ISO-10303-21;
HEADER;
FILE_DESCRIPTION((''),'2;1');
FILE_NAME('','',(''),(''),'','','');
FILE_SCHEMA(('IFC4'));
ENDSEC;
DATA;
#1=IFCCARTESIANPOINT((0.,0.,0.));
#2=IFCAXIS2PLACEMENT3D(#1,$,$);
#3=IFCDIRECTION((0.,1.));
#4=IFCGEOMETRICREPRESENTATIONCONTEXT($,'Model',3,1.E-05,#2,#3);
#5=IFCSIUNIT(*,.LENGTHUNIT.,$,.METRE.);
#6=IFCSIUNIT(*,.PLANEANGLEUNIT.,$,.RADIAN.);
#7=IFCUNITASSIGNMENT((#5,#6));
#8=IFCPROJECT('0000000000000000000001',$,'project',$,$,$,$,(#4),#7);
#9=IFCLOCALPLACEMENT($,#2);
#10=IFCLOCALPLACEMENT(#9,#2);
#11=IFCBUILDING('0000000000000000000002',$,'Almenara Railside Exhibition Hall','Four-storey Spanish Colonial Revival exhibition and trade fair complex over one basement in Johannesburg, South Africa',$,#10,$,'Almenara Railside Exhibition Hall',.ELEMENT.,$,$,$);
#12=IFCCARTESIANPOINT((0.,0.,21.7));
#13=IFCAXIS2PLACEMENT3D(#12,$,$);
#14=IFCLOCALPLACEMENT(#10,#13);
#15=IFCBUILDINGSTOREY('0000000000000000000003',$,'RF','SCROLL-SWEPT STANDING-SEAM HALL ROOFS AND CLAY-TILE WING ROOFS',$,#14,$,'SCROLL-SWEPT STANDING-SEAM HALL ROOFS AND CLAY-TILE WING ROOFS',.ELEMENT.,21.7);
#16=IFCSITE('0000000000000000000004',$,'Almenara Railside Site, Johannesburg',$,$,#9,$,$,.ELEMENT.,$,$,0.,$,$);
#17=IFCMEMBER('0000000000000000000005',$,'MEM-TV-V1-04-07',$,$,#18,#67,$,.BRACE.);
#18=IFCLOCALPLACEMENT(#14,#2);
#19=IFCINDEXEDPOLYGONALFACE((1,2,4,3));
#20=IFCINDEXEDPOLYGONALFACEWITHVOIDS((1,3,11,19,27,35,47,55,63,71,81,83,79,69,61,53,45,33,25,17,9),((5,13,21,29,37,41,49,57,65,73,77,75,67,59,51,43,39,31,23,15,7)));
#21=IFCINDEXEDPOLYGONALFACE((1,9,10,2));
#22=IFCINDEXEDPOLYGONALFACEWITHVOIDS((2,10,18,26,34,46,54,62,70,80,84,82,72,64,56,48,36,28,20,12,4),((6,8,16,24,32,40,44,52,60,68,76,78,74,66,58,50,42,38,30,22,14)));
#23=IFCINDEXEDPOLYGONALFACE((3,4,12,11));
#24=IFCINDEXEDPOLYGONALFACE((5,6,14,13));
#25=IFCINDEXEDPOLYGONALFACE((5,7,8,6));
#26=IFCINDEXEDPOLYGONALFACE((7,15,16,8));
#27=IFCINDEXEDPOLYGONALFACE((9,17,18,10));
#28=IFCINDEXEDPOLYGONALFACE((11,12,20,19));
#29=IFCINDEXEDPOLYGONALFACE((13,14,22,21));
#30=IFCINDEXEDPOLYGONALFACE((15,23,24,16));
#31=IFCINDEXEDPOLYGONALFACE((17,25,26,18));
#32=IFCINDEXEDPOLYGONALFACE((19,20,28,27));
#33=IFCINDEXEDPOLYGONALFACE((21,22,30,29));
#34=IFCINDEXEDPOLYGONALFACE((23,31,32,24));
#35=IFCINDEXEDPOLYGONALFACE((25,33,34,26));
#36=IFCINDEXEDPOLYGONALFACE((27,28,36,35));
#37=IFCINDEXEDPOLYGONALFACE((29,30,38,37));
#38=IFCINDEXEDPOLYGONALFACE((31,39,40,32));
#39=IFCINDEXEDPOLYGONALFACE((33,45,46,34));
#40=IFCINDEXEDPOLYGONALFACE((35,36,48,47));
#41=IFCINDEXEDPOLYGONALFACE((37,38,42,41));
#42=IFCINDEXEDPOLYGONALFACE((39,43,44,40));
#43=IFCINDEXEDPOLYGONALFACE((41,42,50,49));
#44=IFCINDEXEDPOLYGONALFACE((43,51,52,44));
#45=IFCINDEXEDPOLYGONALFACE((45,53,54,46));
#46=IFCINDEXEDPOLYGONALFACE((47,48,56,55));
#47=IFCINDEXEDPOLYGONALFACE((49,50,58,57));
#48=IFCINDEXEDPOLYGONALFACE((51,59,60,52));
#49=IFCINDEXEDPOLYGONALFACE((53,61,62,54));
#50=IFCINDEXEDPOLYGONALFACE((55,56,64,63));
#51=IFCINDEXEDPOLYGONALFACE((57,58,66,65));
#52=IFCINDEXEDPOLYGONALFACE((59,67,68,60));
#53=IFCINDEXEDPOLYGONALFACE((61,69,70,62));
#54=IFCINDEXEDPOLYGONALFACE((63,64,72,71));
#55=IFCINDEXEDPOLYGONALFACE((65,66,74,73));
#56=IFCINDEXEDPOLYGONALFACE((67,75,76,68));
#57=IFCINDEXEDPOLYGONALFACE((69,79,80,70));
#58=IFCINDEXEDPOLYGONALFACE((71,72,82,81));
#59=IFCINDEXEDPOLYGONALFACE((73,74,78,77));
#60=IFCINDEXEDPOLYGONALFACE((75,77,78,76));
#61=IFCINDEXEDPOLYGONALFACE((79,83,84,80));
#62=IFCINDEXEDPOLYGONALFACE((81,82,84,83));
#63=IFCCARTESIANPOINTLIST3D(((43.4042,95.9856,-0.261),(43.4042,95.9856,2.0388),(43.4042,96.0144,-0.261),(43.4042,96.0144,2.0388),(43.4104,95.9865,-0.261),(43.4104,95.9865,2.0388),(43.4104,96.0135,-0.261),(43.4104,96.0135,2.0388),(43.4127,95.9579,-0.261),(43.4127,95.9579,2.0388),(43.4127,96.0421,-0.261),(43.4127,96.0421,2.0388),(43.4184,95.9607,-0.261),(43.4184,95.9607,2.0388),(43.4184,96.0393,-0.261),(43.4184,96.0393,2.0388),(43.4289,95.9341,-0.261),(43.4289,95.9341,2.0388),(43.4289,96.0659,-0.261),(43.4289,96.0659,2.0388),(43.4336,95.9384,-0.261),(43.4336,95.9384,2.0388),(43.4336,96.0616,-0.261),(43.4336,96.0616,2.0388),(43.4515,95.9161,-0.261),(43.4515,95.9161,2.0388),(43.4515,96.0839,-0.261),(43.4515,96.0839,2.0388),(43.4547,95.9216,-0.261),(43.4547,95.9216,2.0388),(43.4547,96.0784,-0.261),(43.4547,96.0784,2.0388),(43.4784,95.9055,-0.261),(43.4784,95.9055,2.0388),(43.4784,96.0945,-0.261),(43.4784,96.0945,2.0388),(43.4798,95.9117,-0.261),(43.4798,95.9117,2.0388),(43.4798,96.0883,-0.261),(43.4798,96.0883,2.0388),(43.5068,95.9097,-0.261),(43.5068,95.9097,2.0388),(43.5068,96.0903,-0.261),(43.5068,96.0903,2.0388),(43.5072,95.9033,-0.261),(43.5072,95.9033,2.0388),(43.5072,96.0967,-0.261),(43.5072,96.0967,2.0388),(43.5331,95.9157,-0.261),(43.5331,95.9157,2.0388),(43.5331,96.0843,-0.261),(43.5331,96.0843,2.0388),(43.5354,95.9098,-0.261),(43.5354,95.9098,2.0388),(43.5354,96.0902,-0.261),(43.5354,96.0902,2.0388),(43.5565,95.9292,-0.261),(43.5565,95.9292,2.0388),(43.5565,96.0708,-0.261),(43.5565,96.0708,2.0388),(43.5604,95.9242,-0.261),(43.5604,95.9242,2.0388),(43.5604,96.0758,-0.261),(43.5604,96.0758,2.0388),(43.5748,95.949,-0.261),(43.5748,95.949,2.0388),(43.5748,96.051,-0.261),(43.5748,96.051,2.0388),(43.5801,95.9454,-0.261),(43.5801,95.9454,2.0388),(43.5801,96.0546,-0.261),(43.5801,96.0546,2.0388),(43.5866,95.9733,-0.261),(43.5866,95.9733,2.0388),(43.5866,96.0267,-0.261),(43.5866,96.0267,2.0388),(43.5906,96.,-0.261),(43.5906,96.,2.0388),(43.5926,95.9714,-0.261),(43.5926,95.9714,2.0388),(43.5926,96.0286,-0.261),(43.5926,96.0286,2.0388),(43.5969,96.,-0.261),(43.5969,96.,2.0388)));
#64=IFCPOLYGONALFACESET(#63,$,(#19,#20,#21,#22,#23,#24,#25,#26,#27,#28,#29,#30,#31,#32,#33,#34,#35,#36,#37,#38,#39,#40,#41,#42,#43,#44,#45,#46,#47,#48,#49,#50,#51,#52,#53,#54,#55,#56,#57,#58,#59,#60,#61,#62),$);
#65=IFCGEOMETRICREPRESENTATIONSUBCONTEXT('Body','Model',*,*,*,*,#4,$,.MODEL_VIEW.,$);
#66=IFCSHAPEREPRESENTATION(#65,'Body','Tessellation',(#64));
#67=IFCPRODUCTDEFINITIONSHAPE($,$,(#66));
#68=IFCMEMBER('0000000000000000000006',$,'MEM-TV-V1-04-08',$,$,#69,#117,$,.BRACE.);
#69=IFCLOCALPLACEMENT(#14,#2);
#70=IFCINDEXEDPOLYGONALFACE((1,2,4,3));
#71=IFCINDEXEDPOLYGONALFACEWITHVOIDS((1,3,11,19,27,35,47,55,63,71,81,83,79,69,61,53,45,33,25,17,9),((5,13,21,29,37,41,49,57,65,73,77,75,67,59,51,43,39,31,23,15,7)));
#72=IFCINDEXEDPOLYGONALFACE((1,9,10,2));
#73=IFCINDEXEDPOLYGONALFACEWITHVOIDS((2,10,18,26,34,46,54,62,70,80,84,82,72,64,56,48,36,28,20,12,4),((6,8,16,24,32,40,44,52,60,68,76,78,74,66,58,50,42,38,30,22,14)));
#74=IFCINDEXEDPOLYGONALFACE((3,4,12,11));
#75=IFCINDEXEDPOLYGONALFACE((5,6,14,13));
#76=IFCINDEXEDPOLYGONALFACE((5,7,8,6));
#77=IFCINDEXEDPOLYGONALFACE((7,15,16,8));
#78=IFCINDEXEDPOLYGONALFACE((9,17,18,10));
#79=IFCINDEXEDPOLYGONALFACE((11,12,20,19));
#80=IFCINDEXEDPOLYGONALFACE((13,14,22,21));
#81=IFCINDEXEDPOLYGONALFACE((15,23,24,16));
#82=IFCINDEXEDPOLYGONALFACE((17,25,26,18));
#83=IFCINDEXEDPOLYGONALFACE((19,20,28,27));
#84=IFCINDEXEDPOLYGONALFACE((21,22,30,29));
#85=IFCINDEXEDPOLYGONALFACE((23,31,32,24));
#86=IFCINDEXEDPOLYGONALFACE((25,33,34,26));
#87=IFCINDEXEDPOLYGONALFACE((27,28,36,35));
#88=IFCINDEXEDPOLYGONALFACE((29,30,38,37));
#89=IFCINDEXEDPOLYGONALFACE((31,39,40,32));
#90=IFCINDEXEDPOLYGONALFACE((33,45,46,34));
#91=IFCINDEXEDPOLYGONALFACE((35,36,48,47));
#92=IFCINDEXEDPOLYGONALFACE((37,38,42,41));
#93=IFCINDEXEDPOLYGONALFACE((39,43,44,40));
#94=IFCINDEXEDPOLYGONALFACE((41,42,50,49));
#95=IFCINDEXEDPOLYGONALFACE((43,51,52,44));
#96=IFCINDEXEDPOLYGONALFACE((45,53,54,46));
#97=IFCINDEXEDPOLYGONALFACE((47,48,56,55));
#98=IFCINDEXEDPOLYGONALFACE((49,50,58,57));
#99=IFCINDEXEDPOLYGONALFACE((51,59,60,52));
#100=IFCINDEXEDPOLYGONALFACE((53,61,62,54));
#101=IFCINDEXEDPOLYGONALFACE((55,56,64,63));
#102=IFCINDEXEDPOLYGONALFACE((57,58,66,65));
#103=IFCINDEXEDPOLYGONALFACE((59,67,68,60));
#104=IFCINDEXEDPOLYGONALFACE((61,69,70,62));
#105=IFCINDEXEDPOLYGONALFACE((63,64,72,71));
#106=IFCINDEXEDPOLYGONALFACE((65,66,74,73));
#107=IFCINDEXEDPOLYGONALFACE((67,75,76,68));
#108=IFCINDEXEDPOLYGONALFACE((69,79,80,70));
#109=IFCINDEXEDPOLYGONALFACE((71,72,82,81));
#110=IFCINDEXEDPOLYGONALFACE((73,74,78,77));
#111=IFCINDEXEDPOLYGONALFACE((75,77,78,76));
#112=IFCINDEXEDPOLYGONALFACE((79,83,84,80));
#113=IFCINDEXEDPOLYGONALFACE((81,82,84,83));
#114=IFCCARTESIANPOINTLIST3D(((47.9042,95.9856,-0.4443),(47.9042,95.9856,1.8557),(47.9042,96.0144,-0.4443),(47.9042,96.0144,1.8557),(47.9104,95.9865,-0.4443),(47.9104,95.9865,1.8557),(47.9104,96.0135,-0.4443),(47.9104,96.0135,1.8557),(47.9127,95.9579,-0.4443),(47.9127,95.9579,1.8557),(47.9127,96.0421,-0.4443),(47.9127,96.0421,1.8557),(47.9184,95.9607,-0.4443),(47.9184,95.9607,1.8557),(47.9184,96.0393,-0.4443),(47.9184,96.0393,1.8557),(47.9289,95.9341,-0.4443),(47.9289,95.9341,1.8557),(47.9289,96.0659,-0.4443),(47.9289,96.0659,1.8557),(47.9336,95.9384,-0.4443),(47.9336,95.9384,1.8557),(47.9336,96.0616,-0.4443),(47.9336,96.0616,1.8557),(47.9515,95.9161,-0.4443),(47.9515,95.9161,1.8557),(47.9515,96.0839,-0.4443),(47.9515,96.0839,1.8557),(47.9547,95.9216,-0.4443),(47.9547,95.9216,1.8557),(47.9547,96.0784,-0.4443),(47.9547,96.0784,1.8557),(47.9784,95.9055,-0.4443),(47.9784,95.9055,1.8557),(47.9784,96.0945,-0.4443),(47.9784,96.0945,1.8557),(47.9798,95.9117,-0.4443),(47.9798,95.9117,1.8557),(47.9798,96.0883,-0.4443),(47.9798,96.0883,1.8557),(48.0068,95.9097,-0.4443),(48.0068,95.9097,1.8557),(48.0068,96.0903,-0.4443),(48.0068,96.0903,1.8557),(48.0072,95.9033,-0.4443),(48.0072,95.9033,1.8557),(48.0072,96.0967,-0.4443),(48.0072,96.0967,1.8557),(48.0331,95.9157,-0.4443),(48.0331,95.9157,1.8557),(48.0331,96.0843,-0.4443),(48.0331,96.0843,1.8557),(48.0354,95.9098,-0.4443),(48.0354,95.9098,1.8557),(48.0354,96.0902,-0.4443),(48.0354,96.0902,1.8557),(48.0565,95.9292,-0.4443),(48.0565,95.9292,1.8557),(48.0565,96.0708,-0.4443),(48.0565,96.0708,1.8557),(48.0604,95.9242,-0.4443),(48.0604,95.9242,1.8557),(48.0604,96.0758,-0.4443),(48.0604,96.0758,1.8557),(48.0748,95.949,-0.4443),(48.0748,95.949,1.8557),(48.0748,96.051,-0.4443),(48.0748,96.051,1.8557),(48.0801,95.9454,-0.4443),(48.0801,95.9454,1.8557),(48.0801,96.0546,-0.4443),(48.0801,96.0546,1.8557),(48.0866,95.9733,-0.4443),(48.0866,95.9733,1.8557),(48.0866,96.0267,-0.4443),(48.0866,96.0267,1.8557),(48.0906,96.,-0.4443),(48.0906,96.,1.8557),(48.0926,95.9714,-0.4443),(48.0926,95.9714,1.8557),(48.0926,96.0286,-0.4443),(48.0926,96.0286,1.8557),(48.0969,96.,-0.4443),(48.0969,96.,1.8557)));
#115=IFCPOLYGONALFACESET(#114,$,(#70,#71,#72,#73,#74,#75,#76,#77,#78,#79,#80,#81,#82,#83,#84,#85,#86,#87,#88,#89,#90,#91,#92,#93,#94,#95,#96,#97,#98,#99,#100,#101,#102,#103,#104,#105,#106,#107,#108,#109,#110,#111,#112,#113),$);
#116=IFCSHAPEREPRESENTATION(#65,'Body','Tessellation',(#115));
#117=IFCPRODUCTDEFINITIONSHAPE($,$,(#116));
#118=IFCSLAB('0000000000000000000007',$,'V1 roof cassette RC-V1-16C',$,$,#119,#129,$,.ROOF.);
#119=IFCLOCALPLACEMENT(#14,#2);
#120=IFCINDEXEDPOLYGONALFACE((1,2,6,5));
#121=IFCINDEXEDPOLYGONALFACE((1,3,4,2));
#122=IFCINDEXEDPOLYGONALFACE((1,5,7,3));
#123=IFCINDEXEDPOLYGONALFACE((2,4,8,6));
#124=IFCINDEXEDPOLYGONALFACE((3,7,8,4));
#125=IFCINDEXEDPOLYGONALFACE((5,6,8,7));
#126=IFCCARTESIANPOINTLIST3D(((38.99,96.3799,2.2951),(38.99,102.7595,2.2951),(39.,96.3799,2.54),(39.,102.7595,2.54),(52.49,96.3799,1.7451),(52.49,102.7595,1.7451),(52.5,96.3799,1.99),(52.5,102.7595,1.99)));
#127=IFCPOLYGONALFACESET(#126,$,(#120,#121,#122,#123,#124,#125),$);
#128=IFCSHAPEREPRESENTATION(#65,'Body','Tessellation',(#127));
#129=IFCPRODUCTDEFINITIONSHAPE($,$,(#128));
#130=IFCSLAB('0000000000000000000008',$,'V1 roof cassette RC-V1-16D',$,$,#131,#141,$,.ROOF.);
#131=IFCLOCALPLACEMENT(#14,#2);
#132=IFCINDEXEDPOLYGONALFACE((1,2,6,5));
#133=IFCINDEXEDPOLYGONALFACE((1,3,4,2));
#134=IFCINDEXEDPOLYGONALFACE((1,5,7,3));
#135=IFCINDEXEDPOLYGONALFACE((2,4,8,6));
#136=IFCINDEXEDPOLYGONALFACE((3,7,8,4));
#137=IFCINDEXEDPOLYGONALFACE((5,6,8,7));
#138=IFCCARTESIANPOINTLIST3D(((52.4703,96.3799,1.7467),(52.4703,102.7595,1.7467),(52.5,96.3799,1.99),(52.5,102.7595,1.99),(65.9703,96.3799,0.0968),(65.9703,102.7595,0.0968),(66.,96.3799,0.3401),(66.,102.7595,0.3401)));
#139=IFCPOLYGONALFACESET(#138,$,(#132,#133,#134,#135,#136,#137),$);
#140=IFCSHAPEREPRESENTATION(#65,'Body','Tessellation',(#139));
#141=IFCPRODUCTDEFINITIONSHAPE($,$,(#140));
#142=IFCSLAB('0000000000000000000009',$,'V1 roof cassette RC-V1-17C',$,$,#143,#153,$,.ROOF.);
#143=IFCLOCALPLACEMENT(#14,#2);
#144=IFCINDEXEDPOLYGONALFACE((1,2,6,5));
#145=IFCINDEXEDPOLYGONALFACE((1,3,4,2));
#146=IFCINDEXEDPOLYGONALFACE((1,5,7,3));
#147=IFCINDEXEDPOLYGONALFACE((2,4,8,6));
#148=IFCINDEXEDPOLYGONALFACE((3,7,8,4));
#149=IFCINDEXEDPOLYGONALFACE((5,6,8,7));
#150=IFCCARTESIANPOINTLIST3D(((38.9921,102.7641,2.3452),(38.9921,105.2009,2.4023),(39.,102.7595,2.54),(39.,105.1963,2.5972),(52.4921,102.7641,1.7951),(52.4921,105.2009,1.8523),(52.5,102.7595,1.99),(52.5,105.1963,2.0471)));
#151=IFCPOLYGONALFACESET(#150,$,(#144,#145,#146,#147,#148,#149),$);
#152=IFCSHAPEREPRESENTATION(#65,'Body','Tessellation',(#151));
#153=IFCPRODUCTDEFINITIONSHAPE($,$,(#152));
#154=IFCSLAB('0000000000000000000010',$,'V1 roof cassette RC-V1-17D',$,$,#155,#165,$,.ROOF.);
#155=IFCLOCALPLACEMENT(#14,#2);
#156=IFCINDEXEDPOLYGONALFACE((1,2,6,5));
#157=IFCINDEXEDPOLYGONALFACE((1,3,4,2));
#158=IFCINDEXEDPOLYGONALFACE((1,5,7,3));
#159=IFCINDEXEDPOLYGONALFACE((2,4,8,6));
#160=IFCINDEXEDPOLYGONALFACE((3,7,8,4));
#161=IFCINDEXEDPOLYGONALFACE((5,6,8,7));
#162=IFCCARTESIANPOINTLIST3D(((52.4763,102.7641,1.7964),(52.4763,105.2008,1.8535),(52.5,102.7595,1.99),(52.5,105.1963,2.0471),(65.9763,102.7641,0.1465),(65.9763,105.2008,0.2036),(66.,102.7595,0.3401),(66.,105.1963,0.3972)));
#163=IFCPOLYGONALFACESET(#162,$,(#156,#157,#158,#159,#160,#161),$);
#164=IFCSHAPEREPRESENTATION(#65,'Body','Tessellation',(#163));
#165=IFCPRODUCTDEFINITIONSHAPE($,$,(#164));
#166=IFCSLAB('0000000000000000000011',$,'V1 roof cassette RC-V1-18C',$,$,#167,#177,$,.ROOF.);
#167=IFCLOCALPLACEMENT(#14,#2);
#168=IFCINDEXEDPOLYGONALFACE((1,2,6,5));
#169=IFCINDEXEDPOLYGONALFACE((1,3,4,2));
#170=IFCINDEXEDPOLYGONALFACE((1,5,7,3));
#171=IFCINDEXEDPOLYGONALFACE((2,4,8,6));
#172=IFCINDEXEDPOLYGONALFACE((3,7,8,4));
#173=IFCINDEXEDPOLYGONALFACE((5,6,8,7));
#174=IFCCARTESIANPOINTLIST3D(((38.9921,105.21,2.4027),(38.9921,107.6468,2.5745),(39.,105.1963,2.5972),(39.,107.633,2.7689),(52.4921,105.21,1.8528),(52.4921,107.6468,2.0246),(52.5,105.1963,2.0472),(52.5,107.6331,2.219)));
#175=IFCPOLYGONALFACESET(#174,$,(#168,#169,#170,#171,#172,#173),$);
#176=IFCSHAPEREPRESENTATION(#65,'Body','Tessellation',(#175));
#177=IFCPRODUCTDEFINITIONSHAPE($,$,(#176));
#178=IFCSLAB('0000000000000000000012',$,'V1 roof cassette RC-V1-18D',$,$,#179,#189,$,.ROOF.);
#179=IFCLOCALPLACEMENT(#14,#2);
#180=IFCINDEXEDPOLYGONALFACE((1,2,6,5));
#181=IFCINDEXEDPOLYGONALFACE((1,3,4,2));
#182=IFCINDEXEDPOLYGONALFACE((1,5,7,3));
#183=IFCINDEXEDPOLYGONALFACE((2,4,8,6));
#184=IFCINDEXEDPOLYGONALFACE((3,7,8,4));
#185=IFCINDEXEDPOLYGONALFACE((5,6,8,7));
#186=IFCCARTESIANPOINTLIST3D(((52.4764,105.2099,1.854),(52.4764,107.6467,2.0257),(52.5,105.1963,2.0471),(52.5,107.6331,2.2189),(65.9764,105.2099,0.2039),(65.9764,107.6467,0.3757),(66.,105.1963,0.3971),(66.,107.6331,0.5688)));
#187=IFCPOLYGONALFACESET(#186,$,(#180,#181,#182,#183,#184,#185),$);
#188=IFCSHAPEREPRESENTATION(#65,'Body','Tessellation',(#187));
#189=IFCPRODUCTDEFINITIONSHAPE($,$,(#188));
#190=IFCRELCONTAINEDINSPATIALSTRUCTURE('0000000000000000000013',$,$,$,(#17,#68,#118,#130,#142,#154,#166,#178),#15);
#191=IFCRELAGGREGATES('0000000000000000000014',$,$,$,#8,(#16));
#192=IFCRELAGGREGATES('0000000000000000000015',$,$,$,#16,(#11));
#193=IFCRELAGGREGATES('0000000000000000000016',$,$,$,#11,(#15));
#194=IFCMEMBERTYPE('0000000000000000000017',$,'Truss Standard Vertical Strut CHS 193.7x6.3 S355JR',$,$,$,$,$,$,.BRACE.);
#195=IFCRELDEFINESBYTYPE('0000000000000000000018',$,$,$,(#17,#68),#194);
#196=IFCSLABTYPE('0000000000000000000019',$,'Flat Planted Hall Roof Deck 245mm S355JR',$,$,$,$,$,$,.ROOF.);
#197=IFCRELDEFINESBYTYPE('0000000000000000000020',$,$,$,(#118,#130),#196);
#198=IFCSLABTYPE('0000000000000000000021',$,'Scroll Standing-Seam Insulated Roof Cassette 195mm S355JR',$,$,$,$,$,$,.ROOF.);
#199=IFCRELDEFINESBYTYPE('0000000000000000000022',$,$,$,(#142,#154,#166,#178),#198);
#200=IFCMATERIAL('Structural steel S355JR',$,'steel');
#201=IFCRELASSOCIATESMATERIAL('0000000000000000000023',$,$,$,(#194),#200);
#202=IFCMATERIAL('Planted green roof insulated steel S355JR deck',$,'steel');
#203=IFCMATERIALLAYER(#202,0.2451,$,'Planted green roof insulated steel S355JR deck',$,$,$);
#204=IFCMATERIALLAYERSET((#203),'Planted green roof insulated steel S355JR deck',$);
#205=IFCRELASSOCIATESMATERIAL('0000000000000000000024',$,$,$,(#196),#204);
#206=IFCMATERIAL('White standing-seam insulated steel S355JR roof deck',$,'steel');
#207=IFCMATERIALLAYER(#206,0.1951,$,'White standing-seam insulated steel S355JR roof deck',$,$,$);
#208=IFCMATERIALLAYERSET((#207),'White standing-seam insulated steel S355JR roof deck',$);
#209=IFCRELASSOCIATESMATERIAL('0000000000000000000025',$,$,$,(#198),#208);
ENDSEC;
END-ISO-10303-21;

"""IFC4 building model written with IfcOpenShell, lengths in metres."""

from ifc_helpers import new_model, si_unit, direction, frame, origin, origin_2d, place, context, subcontext, project, spatial, polyline, hollow_circle, outline, extrude, material, layer, layer_set, material_profile, profile_set, type_object, element, save


model = new_model("IFC4")

# Units and contexts
model_context = context("Model", 3, precision=1e-05, world=origin(), true_north=direction((0.0, 1.0)))
body_context = subcontext(model_context, "Body", "Model", "MODEL_VIEW")
ifc_project = project(units=[si_unit("LENGTHUNIT", "METRE"), si_unit("PLANEANGLEUNIT", "RADIAN")], contexts=[model_context])

# Site, building, storey
site_placement = place(None, origin())
site = spatial("IfcSite", under=ifc_project, at=site_placement, Name="Almenara Railside Site, Johannesburg", CompositionType="ELEMENT", RefElevation=0.0)
building_placement = place(site_placement, origin())
building = spatial("IfcBuilding", under=site, at=building_placement, Name="Almenara Railside Exhibition Hall", Description="Four-storey Spanish Colonial Revival exhibition and trade fair complex over one basement in Johannesburg, South Africa", LongName="Almenara Railside Exhibition Hall", CompositionType="ELEMENT")
storey_placement = place(building_placement, frame((0.0, 0.0, 21.7)))
storey = spatial("IfcBuildingStorey", under=building, at=storey_placement, Name="RF", Description="SCROLL-SWEPT STANDING-SEAM HALL ROOFS AND CLAY-TILE WING ROOFS", LongName="SCROLL-SWEPT STANDING-SEAM HALL ROOFS AND CLAY-TILE WING ROOFS", CompositionType="ELEMENT", Elevation=21.7)

# Members
ifc_material_1 = material(Name="Structural steel S355JR", Category="steel")
ifc_material_profile_1 = material_profile(ifc_material_1, hollow_circle(Radius=0.0969, WallThickness=0.0063, at=origin_2d()), Name="CHS 193.7x6.3")
ifc_profile_set_1 = profile_set([ifc_material_profile_1], Name="Structural steel S355JR")
member_type_1 = type_object("IfcMemberType", Name="Truss Standard Vertical Strut CHS 193.7x6.3 S355JR", PredefinedType="BRACE", material=ifc_profile_set_1)
for number, where, z_axis, x_axis, name in (
    (1, (43.5, 96.0, -0.261), (0.0, 0.0, 1.0), (1.0, 0.0, 0.0), "MEM-TV-V1-04-07"),
):
    element("IfcMember", number, at=place(storey_placement, frame(where, z_axis=z_axis, x_axis=x_axis)), inside=storey, type_object=member_type_1, Name=name, PredefinedType="BRACE", context=body_context, shape_type="SweptSolid", body=[
        extrude(hollow_circle(Radius=0.0969, WallThickness=0.0063, at=origin_2d()), origin(), (0.0, 0.0, 1.0), 2.2998),
    ])
member_1_placement = place(storey_placement, frame((48.0, 96.0, -0.4443), z_axis=(0.0, 0.0, 1.0), x_axis=(1.0, 0.0, 0.0)))
element("IfcMember", 2, at=member_1_placement, inside=storey, type_object=member_type_1, Name="MEM-TV-V1-04-08", PredefinedType="BRACE", context=body_context, shape_type="SweptSolid", body=[
    extrude(hollow_circle(Radius=0.0969, WallThickness=0.0063, at=origin_2d()), origin(), (0.0, 0.0, 1.0), 2.3),
])

# Slabs
ifc_material_2 = material(Name="Planted green roof insulated steel S355JR deck", Category="steel")
ifc_layer_1 = layer(ifc_material_2, 0.2451, Name="Planted green roof insulated steel S355JR deck")
ifc_layer_set_1 = layer_set([ifc_layer_1], Name="Planted green roof insulated steel S355JR deck")
slab_type_1 = type_object("IfcSlabType", Name="Flat Planted Hall Roof Deck 245mm S355JR", PredefinedType="ROOF", material=ifc_layer_set_1)
slab_1_placement = place(storey_placement, frame((39.0, 96.3799, 2.54), z_axis=(0.040711, 0.0, 0.999171), x_axis=(0.999171, 0.0, -0.040711)))
element("IfcSlab", 3, at=slab_1_placement, inside=storey, type_object=slab_type_1, Name="V1 roof cassette RC-V1-16C", PredefinedType="ROOF", context=body_context, shape_type="SweptSolid", body=[
    extrude(outline(polyline([(0.0, 0.0), (13.5112, 0.0), (13.5112, 6.3796), (0.0, 6.3796), (0.0, 0.0)])), origin(), (0.0, 0.0, -1.0), 0.2451),
])
slab_2_placement = place(storey_placement, frame((52.5, 96.3799, 1.99), z_axis=(0.121312, 0.0, 0.992614), x_axis=(0.992614, 0.0, -0.121312)))
element("IfcSlab", 4, at=slab_2_placement, inside=storey, type_object=slab_type_1, Name="V1 roof cassette RC-V1-16D", PredefinedType="ROOF", context=body_context, shape_type="SweptSolid", body=[
    extrude(outline(polyline([(0.0, 0.0), (13.6004, 0.0), (13.6004, 6.3796), (0.0, 6.3796), (0.0, 0.0)])), origin(), (0.0, 0.0, -1.0), 0.2451),
])
ifc_material_3 = material(Name="White standing-seam insulated steel S355JR roof deck", Category="steel")
ifc_layer_2 = layer(ifc_material_3, 0.1951, Name="White standing-seam insulated steel S355JR roof deck")
ifc_layer_set_2 = layer_set([ifc_layer_2], Name="White standing-seam insulated steel S355JR roof deck")
slab_type_2 = type_object("IfcSlabType", Name="Scroll Standing-Seam Insulated Roof Cassette 195mm S355JR", PredefinedType="ROOF", material=ifc_layer_set_2)
slab_3_placement = place(storey_placement, frame((39.0, 102.7595, 2.54), z_axis=(0.040699, -0.023419, 0.998897), x_axis=(0.999171, 0.0, -0.040711)))
element("IfcSlab", 5, at=slab_3_placement, inside=storey, type_object=slab_type_2, Name="V1 roof cassette RC-V1-17C", PredefinedType="ROOF", context=body_context, shape_type="SweptSolid", body=[
    extrude(outline(polyline([(0.0, 0.0), (13.5112, 0.0), (13.5089, 2.4374), (-0.0023, 2.4374), (0.0, 0.0)])), origin(), (0.0, 0.0, -1.0), 0.1951),
])
slab_4_placement = place(storey_placement, frame((52.5, 102.7595, 1.99), z_axis=(0.12128, -0.023265, 0.992346), x_axis=(0.992614, 0.0, -0.121312)))
element("IfcSlab", 6, at=slab_4_placement, inside=storey, type_object=slab_type_2, Name="V1 roof cassette RC-V1-17D", PredefinedType="ROOF", context=body_context, shape_type="SweptSolid", body=[
    extrude(outline(polyline([(0.0, 0.0), (13.6004, 0.0), (13.5935, 2.4374), (-0.0069, 2.4374), (0.0, 0.0)])), origin(), (0.0, 0.0, -1.0), 0.1951),
])
slab_5_placement = place(storey_placement, frame((39.0, 105.1963, 2.5972), z_axis=(0.040601, -0.070252, 0.996703), x_axis=(0.999171, -0.000001, -0.040702)))
element("IfcSlab", 7, at=slab_5_placement, inside=storey, type_object=slab_type_2, Name="V1 roof cassette RC-V1-18C", PredefinedType="ROOF", context=body_context, shape_type="SweptSolid", body=[
    extrude(outline(polyline([(0.0, 0.0), (13.5112, 0.0), (13.5042, 2.4428), (-0.007, 2.4428), (0.0, 0.0)])), origin(), (0.0, 0.0, -1.0), 0.1951),
])
slab_6_placement = place(storey_placement, frame((52.5, 105.1963, 2.0471), z_axis=(0.121025, -0.069793, 0.990193), x_axis=(0.992613, 0.000001, -0.121321)))
element("IfcSlab", 8, at=slab_6_placement, inside=storey, type_object=slab_type_2, Name="V1 roof cassette RC-V1-18D", PredefinedType="ROOF", context=body_context, shape_type="SweptSolid", body=[
    extrude(outline(polyline([(0.0, 0.0), (13.6004, 0.0), (13.5796, 2.4427), (-0.0209, 2.4427), (0.0, 0.0)])), origin(), (0.0, 0.0, -1.0), 0.1951),
])

save(model, "model.ifc")
